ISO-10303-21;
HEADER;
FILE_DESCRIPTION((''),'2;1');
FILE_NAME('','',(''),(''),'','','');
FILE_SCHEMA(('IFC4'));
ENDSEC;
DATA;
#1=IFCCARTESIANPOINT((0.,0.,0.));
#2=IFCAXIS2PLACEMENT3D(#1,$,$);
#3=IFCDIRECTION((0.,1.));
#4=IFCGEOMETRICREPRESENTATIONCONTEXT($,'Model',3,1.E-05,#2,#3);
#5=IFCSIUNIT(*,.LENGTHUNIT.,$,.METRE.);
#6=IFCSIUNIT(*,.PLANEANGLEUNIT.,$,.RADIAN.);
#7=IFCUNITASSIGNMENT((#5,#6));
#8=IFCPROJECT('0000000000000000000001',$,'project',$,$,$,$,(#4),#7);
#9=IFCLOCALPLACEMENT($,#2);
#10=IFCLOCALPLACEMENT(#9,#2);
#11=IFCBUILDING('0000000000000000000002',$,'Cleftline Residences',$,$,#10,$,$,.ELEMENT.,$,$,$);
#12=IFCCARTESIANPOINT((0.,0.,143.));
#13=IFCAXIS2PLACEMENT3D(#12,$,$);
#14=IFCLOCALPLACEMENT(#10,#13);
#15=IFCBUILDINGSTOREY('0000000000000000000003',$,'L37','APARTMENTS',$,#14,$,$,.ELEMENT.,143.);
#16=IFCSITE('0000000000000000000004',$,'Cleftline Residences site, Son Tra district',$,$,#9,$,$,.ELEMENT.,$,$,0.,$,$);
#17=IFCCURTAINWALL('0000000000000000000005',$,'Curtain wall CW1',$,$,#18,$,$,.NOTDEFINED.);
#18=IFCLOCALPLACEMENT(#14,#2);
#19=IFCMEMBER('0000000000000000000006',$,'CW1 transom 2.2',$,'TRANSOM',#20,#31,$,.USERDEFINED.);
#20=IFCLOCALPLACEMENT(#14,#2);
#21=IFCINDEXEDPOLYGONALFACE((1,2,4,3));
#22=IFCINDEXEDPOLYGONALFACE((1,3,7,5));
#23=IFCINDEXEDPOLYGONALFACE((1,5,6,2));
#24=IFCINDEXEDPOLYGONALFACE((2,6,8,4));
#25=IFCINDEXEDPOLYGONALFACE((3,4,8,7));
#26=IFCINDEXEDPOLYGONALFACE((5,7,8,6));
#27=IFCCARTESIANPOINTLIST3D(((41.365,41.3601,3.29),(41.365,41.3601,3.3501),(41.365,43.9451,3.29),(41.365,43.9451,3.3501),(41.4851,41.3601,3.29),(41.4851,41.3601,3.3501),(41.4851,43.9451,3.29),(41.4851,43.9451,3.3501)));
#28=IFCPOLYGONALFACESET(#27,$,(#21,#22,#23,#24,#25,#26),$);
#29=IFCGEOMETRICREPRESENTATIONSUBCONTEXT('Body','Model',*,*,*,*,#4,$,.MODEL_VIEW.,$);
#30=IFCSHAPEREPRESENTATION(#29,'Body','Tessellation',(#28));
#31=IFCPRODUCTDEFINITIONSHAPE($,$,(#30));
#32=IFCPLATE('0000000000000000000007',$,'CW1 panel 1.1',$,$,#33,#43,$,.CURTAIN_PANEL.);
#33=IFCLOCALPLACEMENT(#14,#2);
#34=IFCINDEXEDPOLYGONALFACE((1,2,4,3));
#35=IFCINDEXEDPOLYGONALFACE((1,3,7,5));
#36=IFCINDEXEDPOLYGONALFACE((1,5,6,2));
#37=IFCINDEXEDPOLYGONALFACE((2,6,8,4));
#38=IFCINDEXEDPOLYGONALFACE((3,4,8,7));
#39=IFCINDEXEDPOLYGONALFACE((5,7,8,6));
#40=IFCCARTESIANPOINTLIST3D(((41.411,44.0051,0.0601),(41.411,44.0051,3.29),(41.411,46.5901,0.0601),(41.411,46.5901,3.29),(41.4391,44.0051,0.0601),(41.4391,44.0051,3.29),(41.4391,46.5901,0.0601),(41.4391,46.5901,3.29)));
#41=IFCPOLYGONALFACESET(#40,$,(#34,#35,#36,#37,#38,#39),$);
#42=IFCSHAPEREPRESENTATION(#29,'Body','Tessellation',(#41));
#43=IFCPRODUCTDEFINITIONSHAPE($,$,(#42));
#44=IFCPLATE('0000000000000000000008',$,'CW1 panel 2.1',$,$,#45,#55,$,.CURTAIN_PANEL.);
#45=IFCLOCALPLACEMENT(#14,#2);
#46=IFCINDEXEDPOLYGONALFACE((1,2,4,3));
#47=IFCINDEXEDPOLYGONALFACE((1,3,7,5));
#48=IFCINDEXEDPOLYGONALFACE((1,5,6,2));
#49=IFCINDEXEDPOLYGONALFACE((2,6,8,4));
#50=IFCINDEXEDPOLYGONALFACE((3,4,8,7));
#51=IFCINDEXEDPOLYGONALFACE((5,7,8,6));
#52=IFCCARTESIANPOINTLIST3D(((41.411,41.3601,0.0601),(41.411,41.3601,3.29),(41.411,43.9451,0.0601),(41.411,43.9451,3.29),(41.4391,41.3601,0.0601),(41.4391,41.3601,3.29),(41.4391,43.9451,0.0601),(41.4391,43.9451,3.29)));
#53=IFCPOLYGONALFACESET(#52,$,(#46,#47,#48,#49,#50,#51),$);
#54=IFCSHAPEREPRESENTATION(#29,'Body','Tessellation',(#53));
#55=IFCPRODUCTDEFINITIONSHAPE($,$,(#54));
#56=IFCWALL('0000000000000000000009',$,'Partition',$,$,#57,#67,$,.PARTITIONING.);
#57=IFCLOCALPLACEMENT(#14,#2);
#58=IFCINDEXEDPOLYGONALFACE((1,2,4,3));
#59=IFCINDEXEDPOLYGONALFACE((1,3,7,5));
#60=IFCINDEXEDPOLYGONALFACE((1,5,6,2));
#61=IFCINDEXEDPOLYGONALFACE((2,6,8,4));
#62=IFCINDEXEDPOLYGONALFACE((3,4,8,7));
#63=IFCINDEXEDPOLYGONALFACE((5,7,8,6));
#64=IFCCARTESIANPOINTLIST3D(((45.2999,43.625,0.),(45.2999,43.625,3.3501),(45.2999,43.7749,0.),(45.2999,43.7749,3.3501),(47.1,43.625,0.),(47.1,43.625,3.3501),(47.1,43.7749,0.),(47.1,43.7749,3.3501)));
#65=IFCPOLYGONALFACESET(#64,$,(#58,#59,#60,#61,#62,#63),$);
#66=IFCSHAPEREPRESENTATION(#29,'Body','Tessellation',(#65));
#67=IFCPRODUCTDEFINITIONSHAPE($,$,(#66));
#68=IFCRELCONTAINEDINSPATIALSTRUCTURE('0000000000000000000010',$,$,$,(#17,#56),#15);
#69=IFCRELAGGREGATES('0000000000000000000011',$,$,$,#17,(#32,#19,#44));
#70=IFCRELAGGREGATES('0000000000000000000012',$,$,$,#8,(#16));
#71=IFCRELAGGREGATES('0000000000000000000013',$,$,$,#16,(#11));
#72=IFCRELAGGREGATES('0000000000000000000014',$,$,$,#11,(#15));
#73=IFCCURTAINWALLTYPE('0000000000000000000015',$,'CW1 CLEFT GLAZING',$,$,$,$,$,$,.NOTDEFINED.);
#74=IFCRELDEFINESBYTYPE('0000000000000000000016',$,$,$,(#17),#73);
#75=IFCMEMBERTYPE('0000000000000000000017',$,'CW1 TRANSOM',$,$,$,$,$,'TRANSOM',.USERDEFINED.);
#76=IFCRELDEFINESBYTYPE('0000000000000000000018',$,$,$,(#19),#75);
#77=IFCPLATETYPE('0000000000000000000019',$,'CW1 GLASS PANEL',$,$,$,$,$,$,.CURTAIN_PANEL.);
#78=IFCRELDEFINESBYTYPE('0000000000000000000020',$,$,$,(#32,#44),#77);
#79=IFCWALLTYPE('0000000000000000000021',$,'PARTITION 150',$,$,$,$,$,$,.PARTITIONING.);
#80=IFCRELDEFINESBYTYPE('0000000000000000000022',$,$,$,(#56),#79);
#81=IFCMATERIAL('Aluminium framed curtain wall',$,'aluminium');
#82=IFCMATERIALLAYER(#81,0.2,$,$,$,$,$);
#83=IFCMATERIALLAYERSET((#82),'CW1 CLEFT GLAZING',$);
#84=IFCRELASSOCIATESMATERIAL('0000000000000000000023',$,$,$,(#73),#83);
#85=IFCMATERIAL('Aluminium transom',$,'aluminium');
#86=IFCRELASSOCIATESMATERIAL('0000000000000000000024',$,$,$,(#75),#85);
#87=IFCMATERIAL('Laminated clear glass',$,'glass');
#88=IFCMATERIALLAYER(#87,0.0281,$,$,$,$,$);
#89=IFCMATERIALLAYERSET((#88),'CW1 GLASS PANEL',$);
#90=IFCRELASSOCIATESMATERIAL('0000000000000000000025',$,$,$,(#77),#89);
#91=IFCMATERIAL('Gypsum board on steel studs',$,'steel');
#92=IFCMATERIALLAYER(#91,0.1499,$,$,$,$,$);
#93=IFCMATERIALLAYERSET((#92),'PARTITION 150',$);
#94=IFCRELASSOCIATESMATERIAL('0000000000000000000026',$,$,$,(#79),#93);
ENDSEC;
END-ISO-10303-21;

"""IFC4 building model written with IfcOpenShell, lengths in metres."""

from ifc_helpers import new_model, si_unit, direction, frame, frame_2d, origin, origin_2d, place, context, subcontext, project, spatial, rectangle, extrude, material, layer, layer_set, material_profile, profile_set, type_object, element, aggregate, save


model = new_model("IFC4")

# Units and contexts
model_context = context("Model", 3, precision=1e-05, world=origin(), true_north=direction((0.0, 1.0)))
body_context = subcontext(model_context, "Body", "Model", "MODEL_VIEW")
ifc_project = project(units=[si_unit("LENGTHUNIT", "METRE"), si_unit("PLANEANGLEUNIT", "RADIAN")], contexts=[model_context])

# Site, building, storey
site_placement = place(None, origin())
site = spatial("IfcSite", under=ifc_project, at=site_placement, Name="Cleftline Residences site, Son Tra district", CompositionType="ELEMENT", RefElevation=0.0)
building_placement = place(site_placement, origin())
building = spatial("IfcBuilding", under=site, at=building_placement, Name="Cleftline Residences", CompositionType="ELEMENT")
storey_placement = place(building_placement, frame((0.0, 0.0, 143.0)))
storey = spatial("IfcBuildingStorey", under=building, at=storey_placement, Name="L37", Description="APARTMENTS", CompositionType="ELEMENT", Elevation=143.0)

# Curtain wall, member, plates
ifc_material_1 = material(Name="Aluminium framed curtain wall", Category="aluminium")
ifc_layer_1 = layer(ifc_material_1, 0.2)
ifc_layer_set_1 = layer_set([ifc_layer_1], Name="CW1 CLEFT GLAZING")
curtain_wall_type = type_object("IfcCurtainWallType", Name="CW1 CLEFT GLAZING", PredefinedType="NOTDEFINED", material=ifc_layer_set_1)
curtain_wall_placement = place(storey_placement, origin())
curtain_wall = element("IfcCurtainWall", 1, at=curtain_wall_placement, inside=storey, type_object=curtain_wall_type, Name="Curtain wall CW1", PredefinedType="NOTDEFINED")
ifc_material_2 = material(Name="Aluminium transom", Category="aluminium")
ifc_material_profile_1 = material_profile(ifc_material_2, rectangle(XDim=0.1201, YDim=0.0601, at=origin_2d()))
ifc_profile_set_1 = profile_set([ifc_material_profile_1], Name="Aluminium transom")
member_type_1 = type_object("IfcMemberType", Name="CW1 TRANSOM", ElementType="TRANSOM", PredefinedType="USERDEFINED", material=ifc_profile_set_1)
member_1_placement = place(storey_placement, frame((41.425, 43.9451, 3.3201), z_axis=(0.0, -1.0, 0.0), x_axis=(1.0, 0.0, 0.0)))
member_1 = element("IfcMember", 2, at=member_1_placement, type_object=member_type_1, Name="CW1 transom 2.2", ObjectType="TRANSOM", PredefinedType="USERDEFINED", context=body_context, shape_type="SweptSolid", body=[
    extrude(rectangle(XDim=0.1201, YDim=0.0601, at=origin_2d()), origin(), (0.0, 0.0, 1.0), 2.585),
])
ifc_material_3 = material(Name="Laminated clear glass", Category="glass")
ifc_layer_2 = layer(ifc_material_3, 0.0281)
ifc_layer_set_2 = layer_set([ifc_layer_2], Name="CW1 GLASS PANEL")
plate_type = type_object("IfcPlateType", Name="CW1 GLASS PANEL", PredefinedType="CURTAIN_PANEL", material=ifc_layer_set_2)
plate_1_placement = place(storey_placement, frame((41.425, 45.2976, 0.0601), z_axis=(0.0, 0.0, 1.0), x_axis=(0.0, -1.0, 0.0)))
plate_1 = element("IfcPlate", 3, at=plate_1_placement, type_object=plate_type, Name="CW1 panel 1.1", PredefinedType="CURTAIN_PANEL", context=body_context, shape_type="SweptSolid", body=[
    extrude(rectangle(XDim=2.585, YDim=0.0281, at=origin_2d()), origin(), (0.0, 0.0, 1.0), 3.23),
])
plate_2_placement = place(storey_placement, frame((41.425, 42.6526, 0.0601), z_axis=(0.0, 0.0, 1.0), x_axis=(0.0, -1.0, 0.0)))
plate_2 = element("IfcPlate", 4, at=plate_2_placement, type_object=plate_type, Name="CW1 panel 2.1", PredefinedType="CURTAIN_PANEL", context=body_context, shape_type="SweptSolid", body=[
    extrude(rectangle(XDim=2.585, YDim=0.0281, at=origin_2d()), origin(), (0.0, 0.0, 1.0), 3.23),
])
aggregate(curtain_wall, [plate_1, member_1, plate_2])

# Wall
ifc_material_4 = material(Name="Gypsum board on steel studs", Category="steel")
ifc_layer_3 = layer(ifc_material_4, 0.1499)
ifc_layer_set_3 = layer_set([ifc_layer_3], Name="PARTITION 150")
wall_type = type_object("IfcWallType", Name="PARTITION 150", PredefinedType="PARTITIONING", material=ifc_layer_set_3)
wall_placement = place(storey_placement, frame((45.3, 43.7, 0.0), z_axis=(0.0, 0.0, 1.0), x_axis=(1.0, 0.0, 0.0)))
element("IfcWall", 5, at=wall_placement, inside=storey, type_object=wall_type, Name="Partition", PredefinedType="PARTITIONING", context=body_context, shape_type="SweptSolid", body=[
    extrude(rectangle(XDim=1.8, YDim=0.1499, at=frame_2d((0.8999, 0.0))), origin(), (0.0, 0.0, 1.0), 3.3501),
])

save(model, "model.ifc")
